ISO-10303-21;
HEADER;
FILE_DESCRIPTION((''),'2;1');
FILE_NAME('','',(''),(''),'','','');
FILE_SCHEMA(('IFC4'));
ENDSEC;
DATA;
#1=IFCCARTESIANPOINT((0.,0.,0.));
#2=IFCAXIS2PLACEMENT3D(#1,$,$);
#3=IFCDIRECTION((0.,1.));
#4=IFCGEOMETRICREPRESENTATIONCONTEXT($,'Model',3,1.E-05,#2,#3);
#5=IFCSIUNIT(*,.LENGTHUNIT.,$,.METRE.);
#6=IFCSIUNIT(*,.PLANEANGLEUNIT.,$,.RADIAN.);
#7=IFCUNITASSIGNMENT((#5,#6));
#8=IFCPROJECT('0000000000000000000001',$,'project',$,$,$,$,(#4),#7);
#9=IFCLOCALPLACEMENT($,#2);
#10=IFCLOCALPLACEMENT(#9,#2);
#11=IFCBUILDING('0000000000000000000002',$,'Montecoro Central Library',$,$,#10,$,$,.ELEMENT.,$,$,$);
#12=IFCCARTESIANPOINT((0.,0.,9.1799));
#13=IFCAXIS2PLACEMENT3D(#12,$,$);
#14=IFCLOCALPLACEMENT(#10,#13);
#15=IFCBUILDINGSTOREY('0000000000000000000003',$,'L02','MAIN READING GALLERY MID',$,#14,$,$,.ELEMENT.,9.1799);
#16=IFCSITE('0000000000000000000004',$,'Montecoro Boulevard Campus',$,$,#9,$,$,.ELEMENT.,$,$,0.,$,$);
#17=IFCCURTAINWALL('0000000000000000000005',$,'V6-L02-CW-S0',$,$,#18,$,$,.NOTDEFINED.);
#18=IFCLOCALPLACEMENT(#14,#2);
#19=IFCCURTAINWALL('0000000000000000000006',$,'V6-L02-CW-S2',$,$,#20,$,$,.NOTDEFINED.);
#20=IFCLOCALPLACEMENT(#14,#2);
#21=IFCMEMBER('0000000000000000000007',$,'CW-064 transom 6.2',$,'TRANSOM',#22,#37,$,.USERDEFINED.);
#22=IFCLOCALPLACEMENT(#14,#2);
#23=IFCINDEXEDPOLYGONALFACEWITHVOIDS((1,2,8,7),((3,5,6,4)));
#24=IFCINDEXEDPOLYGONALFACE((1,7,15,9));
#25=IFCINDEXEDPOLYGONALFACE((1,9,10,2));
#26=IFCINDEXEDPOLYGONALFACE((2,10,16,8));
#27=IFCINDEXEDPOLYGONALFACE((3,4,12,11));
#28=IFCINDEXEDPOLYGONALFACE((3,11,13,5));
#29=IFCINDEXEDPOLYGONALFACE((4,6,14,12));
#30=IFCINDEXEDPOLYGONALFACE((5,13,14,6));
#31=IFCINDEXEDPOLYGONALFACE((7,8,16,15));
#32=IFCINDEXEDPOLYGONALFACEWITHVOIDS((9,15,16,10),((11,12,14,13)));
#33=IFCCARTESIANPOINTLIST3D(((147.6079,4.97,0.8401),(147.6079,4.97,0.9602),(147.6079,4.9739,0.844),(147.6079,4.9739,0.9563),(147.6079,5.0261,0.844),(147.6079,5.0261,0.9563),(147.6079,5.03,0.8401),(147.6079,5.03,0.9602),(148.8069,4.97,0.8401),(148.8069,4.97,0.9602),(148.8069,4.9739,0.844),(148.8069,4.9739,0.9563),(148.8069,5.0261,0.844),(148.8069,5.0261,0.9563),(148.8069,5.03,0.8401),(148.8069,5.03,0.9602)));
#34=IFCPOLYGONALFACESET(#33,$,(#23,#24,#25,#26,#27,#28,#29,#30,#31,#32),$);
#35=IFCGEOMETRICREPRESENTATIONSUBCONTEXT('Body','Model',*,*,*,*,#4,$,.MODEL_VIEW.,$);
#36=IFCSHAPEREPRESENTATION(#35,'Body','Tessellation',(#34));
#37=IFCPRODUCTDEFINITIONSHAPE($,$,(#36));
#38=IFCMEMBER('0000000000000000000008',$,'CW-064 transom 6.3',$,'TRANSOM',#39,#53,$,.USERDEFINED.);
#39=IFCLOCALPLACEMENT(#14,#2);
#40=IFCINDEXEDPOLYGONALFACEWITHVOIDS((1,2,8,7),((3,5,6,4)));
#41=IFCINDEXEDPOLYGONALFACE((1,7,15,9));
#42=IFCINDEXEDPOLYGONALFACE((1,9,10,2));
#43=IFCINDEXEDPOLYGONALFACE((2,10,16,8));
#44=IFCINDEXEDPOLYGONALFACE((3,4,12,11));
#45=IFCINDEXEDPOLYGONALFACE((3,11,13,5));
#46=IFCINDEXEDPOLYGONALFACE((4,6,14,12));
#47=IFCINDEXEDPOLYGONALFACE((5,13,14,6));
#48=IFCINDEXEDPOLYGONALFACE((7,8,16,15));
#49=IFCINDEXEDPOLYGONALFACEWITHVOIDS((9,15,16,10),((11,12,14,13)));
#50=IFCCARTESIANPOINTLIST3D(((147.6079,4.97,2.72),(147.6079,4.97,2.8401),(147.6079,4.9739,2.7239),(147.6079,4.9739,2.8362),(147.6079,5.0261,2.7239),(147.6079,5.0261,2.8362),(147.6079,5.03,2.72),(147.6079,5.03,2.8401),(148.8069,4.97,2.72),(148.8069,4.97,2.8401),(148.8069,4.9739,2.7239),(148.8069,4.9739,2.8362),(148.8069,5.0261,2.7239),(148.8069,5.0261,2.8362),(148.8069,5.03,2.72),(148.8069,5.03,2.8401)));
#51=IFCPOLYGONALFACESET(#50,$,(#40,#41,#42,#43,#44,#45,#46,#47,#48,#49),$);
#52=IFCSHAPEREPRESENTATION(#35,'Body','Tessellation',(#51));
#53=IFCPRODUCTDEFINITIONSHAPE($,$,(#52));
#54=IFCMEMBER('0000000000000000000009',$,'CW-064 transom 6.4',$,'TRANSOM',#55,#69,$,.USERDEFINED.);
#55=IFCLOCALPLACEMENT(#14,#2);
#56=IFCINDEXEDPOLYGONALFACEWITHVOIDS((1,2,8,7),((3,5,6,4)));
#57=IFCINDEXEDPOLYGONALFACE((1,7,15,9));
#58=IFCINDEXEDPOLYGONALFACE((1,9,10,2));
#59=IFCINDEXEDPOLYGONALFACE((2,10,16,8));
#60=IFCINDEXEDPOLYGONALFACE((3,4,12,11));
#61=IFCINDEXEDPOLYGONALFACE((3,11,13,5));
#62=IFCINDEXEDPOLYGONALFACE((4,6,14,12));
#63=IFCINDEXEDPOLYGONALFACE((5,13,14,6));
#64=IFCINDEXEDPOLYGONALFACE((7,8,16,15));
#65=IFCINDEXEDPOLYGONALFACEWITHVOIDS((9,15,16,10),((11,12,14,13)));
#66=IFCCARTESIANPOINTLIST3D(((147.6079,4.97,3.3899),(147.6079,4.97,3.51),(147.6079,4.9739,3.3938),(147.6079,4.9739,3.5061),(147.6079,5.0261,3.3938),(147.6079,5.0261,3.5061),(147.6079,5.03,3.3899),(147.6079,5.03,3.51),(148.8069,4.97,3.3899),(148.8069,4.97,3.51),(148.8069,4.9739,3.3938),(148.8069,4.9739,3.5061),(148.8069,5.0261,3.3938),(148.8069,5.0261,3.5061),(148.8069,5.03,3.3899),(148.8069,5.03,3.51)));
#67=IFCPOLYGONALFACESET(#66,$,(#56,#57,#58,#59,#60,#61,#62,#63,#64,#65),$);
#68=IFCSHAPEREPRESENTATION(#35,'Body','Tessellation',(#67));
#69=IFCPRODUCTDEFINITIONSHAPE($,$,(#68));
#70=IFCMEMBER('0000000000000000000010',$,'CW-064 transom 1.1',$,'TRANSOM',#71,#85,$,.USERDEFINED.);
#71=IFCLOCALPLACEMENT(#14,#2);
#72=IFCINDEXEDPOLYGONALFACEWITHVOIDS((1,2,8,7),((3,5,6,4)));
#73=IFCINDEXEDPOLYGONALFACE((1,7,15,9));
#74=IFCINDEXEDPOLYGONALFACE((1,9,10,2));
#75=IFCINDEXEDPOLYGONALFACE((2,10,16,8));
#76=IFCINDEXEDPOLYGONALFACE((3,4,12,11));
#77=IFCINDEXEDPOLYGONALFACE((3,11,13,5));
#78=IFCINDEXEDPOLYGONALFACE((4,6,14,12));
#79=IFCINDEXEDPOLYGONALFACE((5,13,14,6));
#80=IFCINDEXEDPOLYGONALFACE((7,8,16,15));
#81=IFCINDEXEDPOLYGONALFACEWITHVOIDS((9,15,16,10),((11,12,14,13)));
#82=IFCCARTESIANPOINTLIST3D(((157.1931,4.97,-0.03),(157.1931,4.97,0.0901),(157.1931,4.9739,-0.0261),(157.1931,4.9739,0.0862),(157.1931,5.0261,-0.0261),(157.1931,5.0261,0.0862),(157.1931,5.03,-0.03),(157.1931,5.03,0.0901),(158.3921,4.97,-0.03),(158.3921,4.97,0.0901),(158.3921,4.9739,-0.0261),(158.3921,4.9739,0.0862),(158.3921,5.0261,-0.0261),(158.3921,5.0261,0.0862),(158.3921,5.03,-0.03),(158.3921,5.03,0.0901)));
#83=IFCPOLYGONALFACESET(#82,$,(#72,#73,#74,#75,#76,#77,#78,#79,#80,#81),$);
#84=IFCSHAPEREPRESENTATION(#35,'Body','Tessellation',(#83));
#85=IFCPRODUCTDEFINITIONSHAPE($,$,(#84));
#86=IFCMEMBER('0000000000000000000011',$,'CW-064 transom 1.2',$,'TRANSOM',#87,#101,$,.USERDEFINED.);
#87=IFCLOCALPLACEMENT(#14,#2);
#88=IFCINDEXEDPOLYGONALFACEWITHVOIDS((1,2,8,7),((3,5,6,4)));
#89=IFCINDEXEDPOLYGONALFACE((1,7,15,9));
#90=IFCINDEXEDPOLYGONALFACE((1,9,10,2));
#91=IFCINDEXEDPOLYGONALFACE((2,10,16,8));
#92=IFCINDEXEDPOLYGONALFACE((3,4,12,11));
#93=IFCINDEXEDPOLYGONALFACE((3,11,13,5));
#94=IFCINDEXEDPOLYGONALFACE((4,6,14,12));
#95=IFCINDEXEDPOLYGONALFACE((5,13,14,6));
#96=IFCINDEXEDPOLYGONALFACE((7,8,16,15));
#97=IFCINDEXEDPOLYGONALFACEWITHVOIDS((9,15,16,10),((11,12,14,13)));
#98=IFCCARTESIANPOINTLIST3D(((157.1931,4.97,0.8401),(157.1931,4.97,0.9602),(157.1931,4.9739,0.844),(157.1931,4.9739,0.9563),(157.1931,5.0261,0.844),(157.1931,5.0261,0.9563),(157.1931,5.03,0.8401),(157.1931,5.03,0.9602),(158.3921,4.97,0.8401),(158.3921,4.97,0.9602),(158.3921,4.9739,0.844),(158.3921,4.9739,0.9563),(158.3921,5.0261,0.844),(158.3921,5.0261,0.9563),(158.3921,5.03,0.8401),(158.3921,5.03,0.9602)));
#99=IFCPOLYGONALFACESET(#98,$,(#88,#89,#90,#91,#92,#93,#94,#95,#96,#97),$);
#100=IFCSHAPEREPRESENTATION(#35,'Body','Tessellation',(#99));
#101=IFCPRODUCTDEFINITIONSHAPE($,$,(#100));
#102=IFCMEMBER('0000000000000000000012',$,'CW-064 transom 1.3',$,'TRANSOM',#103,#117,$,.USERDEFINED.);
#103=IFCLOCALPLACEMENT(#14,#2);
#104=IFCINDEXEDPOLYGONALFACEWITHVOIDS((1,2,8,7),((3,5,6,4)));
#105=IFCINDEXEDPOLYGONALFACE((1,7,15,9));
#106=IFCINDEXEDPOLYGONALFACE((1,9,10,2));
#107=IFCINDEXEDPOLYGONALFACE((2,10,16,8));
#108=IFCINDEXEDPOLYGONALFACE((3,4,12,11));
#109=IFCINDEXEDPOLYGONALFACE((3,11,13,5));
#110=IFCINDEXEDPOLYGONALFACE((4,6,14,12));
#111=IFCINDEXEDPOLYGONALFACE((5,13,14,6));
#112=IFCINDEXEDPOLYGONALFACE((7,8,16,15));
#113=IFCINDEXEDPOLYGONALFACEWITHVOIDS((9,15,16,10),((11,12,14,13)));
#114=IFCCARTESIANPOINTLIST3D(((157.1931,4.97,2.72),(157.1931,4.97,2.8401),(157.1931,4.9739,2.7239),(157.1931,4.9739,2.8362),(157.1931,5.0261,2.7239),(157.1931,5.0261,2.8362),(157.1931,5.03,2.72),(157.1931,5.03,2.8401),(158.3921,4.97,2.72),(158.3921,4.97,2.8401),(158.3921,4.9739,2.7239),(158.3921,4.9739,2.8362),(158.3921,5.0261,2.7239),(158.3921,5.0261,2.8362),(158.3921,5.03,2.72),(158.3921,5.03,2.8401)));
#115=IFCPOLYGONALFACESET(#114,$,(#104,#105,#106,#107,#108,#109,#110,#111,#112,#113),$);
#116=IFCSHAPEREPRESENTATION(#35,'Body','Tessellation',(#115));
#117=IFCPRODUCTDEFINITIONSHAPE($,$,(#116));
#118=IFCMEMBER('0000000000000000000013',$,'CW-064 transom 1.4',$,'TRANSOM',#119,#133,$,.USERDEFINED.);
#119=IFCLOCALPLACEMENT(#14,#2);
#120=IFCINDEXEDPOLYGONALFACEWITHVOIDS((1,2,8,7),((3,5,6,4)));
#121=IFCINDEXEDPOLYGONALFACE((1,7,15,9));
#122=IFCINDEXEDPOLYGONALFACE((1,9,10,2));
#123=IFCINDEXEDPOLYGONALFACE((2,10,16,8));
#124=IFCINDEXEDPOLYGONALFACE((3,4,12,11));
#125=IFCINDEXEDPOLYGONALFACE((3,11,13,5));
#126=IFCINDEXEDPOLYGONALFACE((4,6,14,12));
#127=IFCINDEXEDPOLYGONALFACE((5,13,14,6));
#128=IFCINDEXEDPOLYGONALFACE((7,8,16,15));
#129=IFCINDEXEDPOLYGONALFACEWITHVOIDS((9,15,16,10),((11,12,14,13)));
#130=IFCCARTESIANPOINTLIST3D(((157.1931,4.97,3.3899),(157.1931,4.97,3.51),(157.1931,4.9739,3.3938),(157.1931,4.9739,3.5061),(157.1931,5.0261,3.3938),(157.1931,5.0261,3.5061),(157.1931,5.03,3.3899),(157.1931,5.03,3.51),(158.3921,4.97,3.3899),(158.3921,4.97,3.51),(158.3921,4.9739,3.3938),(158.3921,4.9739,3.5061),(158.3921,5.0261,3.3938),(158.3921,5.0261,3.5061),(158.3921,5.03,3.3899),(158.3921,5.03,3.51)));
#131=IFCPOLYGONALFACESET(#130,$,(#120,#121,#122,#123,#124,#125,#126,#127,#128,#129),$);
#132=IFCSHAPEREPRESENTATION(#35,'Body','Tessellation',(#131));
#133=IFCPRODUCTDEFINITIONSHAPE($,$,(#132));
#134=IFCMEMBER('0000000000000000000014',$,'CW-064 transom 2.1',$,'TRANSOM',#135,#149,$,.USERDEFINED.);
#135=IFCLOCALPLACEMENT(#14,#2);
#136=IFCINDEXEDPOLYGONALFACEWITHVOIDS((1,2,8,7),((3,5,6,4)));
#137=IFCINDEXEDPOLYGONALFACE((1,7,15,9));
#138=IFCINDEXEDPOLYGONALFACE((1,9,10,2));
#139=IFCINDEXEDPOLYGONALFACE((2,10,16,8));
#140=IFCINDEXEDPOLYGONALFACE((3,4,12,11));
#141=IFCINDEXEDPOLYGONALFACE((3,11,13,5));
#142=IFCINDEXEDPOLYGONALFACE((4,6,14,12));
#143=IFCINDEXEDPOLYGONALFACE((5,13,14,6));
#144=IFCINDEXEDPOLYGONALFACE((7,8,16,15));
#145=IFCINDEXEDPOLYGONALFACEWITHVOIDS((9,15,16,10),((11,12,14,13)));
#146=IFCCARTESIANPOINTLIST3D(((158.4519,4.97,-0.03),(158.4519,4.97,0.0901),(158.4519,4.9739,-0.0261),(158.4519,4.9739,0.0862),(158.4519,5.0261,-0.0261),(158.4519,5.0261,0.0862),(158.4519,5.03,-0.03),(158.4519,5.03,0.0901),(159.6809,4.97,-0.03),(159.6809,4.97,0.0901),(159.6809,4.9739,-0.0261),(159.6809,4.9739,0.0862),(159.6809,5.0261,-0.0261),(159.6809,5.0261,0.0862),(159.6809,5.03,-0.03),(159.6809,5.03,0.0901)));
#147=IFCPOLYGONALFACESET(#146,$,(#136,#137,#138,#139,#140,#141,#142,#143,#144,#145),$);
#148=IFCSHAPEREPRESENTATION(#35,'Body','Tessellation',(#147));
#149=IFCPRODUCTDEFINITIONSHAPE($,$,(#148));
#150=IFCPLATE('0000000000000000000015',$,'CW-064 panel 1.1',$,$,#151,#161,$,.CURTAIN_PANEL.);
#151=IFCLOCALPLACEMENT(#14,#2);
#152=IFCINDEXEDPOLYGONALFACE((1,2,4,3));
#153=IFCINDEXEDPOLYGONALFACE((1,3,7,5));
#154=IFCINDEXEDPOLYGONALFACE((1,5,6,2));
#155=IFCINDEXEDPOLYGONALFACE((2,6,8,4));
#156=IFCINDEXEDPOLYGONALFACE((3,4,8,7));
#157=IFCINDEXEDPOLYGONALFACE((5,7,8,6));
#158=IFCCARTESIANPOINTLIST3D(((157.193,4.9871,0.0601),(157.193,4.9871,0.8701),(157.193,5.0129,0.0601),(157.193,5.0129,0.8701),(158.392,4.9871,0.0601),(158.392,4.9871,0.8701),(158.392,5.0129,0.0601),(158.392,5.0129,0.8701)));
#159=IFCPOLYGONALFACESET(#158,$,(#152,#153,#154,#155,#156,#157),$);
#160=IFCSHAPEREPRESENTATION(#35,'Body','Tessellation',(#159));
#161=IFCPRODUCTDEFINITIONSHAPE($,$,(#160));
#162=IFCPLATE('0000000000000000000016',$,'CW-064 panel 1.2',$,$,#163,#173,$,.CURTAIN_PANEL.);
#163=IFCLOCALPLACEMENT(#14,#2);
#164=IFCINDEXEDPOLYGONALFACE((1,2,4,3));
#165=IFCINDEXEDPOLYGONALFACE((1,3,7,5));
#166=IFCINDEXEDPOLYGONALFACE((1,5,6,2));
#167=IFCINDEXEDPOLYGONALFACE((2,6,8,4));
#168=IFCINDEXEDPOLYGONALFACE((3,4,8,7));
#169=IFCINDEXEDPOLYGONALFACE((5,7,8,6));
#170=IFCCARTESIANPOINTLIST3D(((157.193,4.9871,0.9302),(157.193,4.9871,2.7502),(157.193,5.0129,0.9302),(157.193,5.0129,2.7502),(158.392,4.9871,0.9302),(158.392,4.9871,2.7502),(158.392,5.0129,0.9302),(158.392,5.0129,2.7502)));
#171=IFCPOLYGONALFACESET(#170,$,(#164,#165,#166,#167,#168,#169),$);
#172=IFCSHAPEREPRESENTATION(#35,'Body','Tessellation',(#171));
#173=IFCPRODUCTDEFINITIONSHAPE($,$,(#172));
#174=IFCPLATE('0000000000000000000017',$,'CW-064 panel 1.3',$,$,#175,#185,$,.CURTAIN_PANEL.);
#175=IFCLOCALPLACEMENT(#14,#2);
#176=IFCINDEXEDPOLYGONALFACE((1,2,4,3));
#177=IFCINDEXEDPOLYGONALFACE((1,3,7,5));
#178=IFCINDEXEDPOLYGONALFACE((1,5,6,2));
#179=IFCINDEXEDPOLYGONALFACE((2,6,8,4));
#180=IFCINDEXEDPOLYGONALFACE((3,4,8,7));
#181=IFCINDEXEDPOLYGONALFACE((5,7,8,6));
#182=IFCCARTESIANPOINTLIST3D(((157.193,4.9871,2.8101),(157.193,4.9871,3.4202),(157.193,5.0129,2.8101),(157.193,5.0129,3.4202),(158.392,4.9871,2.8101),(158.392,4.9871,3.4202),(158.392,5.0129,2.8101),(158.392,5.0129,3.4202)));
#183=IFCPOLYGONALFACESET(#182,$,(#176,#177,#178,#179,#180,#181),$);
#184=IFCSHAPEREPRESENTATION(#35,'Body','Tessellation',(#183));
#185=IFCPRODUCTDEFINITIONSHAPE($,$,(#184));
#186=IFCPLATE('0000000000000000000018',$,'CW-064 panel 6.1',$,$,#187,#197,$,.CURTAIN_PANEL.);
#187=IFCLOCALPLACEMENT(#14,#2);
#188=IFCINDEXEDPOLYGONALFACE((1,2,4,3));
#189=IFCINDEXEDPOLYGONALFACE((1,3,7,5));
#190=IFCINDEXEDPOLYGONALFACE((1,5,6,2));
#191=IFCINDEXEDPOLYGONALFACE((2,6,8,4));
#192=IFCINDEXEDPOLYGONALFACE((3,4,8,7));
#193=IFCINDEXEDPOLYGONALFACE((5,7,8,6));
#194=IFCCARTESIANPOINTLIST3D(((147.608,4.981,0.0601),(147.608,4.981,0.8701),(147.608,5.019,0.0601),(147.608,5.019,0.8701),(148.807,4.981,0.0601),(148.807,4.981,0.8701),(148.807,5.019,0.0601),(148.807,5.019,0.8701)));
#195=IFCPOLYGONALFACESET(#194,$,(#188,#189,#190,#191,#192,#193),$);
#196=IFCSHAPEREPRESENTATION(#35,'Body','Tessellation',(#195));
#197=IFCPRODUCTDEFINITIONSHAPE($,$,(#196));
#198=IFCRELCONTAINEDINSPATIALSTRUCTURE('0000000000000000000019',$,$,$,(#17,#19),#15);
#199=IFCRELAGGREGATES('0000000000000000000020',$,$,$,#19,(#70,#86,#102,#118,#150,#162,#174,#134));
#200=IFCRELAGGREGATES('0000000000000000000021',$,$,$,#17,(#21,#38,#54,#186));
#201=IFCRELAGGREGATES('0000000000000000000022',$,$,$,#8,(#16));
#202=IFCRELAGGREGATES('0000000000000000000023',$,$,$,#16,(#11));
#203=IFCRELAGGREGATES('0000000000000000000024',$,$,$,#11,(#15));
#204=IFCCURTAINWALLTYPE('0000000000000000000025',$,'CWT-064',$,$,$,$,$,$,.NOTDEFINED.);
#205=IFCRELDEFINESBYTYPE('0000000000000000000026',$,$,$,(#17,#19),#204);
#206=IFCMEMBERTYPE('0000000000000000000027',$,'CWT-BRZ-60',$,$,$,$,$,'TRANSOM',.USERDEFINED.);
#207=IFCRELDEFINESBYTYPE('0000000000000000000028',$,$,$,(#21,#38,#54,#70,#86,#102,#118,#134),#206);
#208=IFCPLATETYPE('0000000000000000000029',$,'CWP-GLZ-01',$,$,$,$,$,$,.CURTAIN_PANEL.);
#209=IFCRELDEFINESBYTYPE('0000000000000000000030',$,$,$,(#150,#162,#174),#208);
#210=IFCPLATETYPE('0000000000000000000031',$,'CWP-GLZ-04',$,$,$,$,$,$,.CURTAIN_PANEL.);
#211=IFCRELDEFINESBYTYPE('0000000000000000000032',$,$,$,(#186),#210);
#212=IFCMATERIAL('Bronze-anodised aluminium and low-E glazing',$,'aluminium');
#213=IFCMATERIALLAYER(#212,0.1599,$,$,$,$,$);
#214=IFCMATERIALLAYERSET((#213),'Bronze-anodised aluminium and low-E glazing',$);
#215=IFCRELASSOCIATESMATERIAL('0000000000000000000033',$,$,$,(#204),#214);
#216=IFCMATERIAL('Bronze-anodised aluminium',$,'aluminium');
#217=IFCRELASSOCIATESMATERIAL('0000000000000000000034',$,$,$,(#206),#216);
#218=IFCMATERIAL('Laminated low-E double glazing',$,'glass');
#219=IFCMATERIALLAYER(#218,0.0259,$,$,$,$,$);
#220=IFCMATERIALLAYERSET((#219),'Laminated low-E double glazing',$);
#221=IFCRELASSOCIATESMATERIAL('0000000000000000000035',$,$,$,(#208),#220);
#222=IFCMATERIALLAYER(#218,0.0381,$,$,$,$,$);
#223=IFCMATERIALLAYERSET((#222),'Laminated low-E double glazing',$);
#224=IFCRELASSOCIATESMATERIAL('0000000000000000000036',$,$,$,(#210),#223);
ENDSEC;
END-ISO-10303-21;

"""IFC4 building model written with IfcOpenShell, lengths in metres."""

from ifc_helpers import new_model, si_unit, direction, frame, origin, origin_2d, place, context, subcontext, project, spatial, rectangle, hollow_rectangle, extrude, material, layer, layer_set, material_profile, profile_set, type_object, element, aggregate, save


model = new_model("IFC4")

# Units and contexts
model_context = context("Model", 3, precision=1e-05, world=origin(), true_north=direction((0.0, 1.0)))
body_context = subcontext(model_context, "Body", "Model", "MODEL_VIEW")
ifc_project = project(units=[si_unit("LENGTHUNIT", "METRE"), si_unit("PLANEANGLEUNIT", "RADIAN")], contexts=[model_context])

# Site, building, storey
site_placement = place(None, origin())
site = spatial("IfcSite", under=ifc_project, at=site_placement, Name="Montecoro Boulevard Campus", CompositionType="ELEMENT", RefElevation=0.0)
building_placement = place(site_placement, origin())
building = spatial("IfcBuilding", under=site, at=building_placement, Name="Montecoro Central Library", CompositionType="ELEMENT")
storey_placement = place(building_placement, frame((0.0, 0.0, 9.1799)))
storey = spatial("IfcBuildingStorey", under=building, at=storey_placement, Name="L02", Description="MAIN READING GALLERY MID", CompositionType="ELEMENT", Elevation=9.1799)

# Curtain walls
ifc_material_1 = material(Name="Bronze-anodised aluminium and low-E glazing", Category="aluminium")
ifc_layer_1 = layer(ifc_material_1, 0.1599)
ifc_layer_set_1 = layer_set([ifc_layer_1], Name="Bronze-anodised aluminium and low-E glazing")
curtain_wall_type = type_object("IfcCurtainWallType", Name="CWT-064", PredefinedType="NOTDEFINED", material=ifc_layer_set_1)
curtain_wall_1_placement = place(storey_placement, origin())
curtain_wall_1 = element("IfcCurtainWall", 1, at=curtain_wall_1_placement, inside=storey, type_object=curtain_wall_type, Name="V6-L02-CW-S0", PredefinedType="NOTDEFINED")
ifc_material_2 = material(Name="Bronze-anodised aluminium", Category="aluminium")
curtain_wall_2_placement = place(storey_placement, origin())
curtain_wall_2 = element("IfcCurtainWall", 2, at=curtain_wall_2_placement, inside=storey, type_object=curtain_wall_type, Name="V6-L02-CW-S2", PredefinedType="NOTDEFINED")

# Members
ifc_material_profile_1 = material_profile(ifc_material_2, hollow_rectangle(XDim=0.0601, YDim=0.1201, WallThickness=0.0039, at=origin_2d()), Name="CWT 120x60x4.0")
ifc_profile_set_1 = profile_set([ifc_material_profile_1], Name="Bronze-anodised aluminium")
member_type_1 = type_object("IfcMemberType", Name="CWT-BRZ-60", ElementType="TRANSOM", PredefinedType="USERDEFINED", material=ifc_profile_set_1)
member_1_placement = place(storey_placement, frame((147.6079, 5.0, 0.9001), z_axis=(1.0, 0.0, 0.0), x_axis=(0.0, 1.0, 0.0)))
member_1 = element("IfcMember", 3, at=member_1_placement, type_object=member_type_1, Name="CW-064 transom 6.2", ObjectType="TRANSOM", PredefinedType="USERDEFINED", context=body_context, shape_type="SweptSolid", body=[
    extrude(hollow_rectangle(XDim=0.0601, YDim=0.1201, WallThickness=0.0039, at=origin_2d()), origin(), (0.0, 0.0, 1.0), 1.199),
])
member_2_placement = place(storey_placement, frame((147.6079, 5.0, 2.78), z_axis=(1.0, 0.0, 0.0), x_axis=(0.0, 1.0, 0.0)))
member_2 = element("IfcMember", 4, at=member_2_placement, type_object=member_type_1, Name="CW-064 transom 6.3", ObjectType="TRANSOM", PredefinedType="USERDEFINED", context=body_context, shape_type="SweptSolid", body=[
    extrude(hollow_rectangle(XDim=0.0601, YDim=0.1201, WallThickness=0.0039, at=origin_2d()), origin(), (0.0, 0.0, 1.0), 1.199),
])
member_3_placement = place(storey_placement, frame((147.6079, 5.0, 3.45), z_axis=(1.0, 0.0, 0.0), x_axis=(0.0, 1.0, 0.0)))
member_3 = element("IfcMember", 5, at=member_3_placement, type_object=member_type_1, Name="CW-064 transom 6.4", ObjectType="TRANSOM", PredefinedType="USERDEFINED", context=body_context, shape_type="SweptSolid", body=[
    extrude(hollow_rectangle(XDim=0.0601, YDim=0.1201, WallThickness=0.0039, at=origin_2d()), origin(), (0.0, 0.0, 1.0), 1.199),
])
member_4_placement = place(storey_placement, frame((157.1931, 5.0, 0.03), z_axis=(1.0, 0.0, 0.0), x_axis=(0.0, 1.0, 0.0)))
member_4 = element("IfcMember", 6, at=member_4_placement, type_object=member_type_1, Name="CW-064 transom 1.1", ObjectType="TRANSOM", PredefinedType="USERDEFINED", context=body_context, shape_type="SweptSolid", body=[
    extrude(hollow_rectangle(XDim=0.0601, YDim=0.1201, WallThickness=0.0039, at=origin_2d()), origin(), (0.0, 0.0, 1.0), 1.199),
])
member_5_placement = place(storey_placement, frame((157.1931, 5.0, 0.9001), z_axis=(1.0, 0.0, 0.0), x_axis=(0.0, 1.0, 0.0)))
member_5 = element("IfcMember", 7, at=member_5_placement, type_object=member_type_1, Name="CW-064 transom 1.2", ObjectType="TRANSOM", PredefinedType="USERDEFINED", context=body_context, shape_type="SweptSolid", body=[
    extrude(hollow_rectangle(XDim=0.0601, YDim=0.1201, WallThickness=0.0039, at=origin_2d()), origin(), (0.0, 0.0, 1.0), 1.199),
])
member_6_placement = place(storey_placement, frame((157.1931, 5.0, 2.78), z_axis=(1.0, 0.0, 0.0), x_axis=(0.0, 1.0, 0.0)))
member_6 = element("IfcMember", 8, at=member_6_placement, type_object=member_type_1, Name="CW-064 transom 1.3", ObjectType="TRANSOM", PredefinedType="USERDEFINED", context=body_context, shape_type="SweptSolid", body=[
    extrude(hollow_rectangle(XDim=0.0601, YDim=0.1201, WallThickness=0.0039, at=origin_2d()), origin(), (0.0, 0.0, 1.0), 1.199),
])
member_7_placement = place(storey_placement, frame((157.1931, 5.0, 3.45), z_axis=(1.0, 0.0, 0.0), x_axis=(0.0, 1.0, 0.0)))
member_7 = element("IfcMember", 9, at=member_7_placement, type_object=member_type_1, Name="CW-064 transom 1.4", ObjectType="TRANSOM", PredefinedType="USERDEFINED", context=body_context, shape_type="SweptSolid", body=[
    extrude(hollow_rectangle(XDim=0.0601, YDim=0.1201, WallThickness=0.0039, at=origin_2d()), origin(), (0.0, 0.0, 1.0), 1.199),
])
member_8_placement = place(storey_placement, frame((158.4519, 5.0, 0.03), z_axis=(1.0, 0.0, 0.0), x_axis=(0.0, 1.0, 0.0)))
member_8 = element("IfcMember", 10, at=member_8_placement, type_object=member_type_1, Name="CW-064 transom 2.1", ObjectType="TRANSOM", PredefinedType="USERDEFINED", context=body_context, shape_type="SweptSolid", body=[
    extrude(hollow_rectangle(XDim=0.0601, YDim=0.1201, WallThickness=0.0039, at=origin_2d()), origin(), (0.0, 0.0, 1.0), 1.229),
])

# Plates
ifc_material_3 = material(Name="Laminated low-E double glazing", Category="glass")
ifc_layer_2 = layer(ifc_material_3, 0.0259)
ifc_layer_set_2 = layer_set([ifc_layer_2], Name="Laminated low-E double glazing")
plate_type_1 = type_object("IfcPlateType", Name="CWP-GLZ-01", PredefinedType="CURTAIN_PANEL", material=ifc_layer_set_2)
plate_1_placement = place(storey_placement, frame((157.7925, 5.0, 0.0601), z_axis=(0.0, 0.0, 1.0), x_axis=(1.0, 0.0, 0.0)))
plate_1 = element("IfcPlate", 11, at=plate_1_placement, type_object=plate_type_1, Name="CW-064 panel 1.1", PredefinedType="CURTAIN_PANEL", context=body_context, shape_type="SweptSolid", body=[
    extrude(rectangle(XDim=1.199, YDim=0.0259, at=origin_2d()), origin(), (0.0, 0.0, 1.0), 0.8101),
])
plate_2_placement = place(storey_placement, frame((157.7925, 5.0, 0.9302), z_axis=(0.0, 0.0, 1.0), x_axis=(1.0, 0.0, 0.0)))
plate_2 = element("IfcPlate", 12, at=plate_2_placement, type_object=plate_type_1, Name="CW-064 panel 1.2", PredefinedType="CURTAIN_PANEL", context=body_context, shape_type="SweptSolid", body=[
    extrude(rectangle(XDim=1.199, YDim=0.0259, at=origin_2d()), origin(), (0.0, 0.0, 1.0), 1.8201),
])
plate_3_placement = place(storey_placement, frame((157.7925, 5.0, 2.8101), z_axis=(0.0, 0.0, 1.0), x_axis=(1.0, 0.0, 0.0)))
plate_3 = element("IfcPlate", 13, at=plate_3_placement, type_object=plate_type_1, Name="CW-064 panel 1.3", PredefinedType="CURTAIN_PANEL", context=body_context, shape_type="SweptSolid", body=[
    extrude(rectangle(XDim=1.199, YDim=0.0259, at=origin_2d()), origin(), (0.0, 0.0, 1.0), 0.6101),
])
aggregate(curtain_wall_2, [member_4, member_5, member_6, member_7, plate_1, plate_2, plate_3, member_8])
ifc_layer_3 = layer(ifc_material_3, 0.0381)
ifc_layer_set_3 = layer_set([ifc_layer_3], Name="Laminated low-E double glazing")
plate_type_2 = type_object("IfcPlateType", Name="CWP-GLZ-04", PredefinedType="CURTAIN_PANEL", material=ifc_layer_set_3)
plate_4_placement = place(storey_placement, frame((148.2075, 5.0, 0.0601), z_axis=(0.0, 0.0, 1.0), x_axis=(1.0, 0.0, 0.0)))
plate_4 = element("IfcPlate", 14, at=plate_4_placement, type_object=plate_type_2, Name="CW-064 panel 6.1", PredefinedType="CURTAIN_PANEL", context=body_context, shape_type="SweptSolid", body=[
    extrude(rectangle(XDim=1.199, YDim=0.0381, at=origin_2d()), origin(), (0.0, 0.0, 1.0), 0.8101),
])
aggregate(curtain_wall_1, [member_1, member_2, member_3, plate_4])

save(model, "model.ifc")
